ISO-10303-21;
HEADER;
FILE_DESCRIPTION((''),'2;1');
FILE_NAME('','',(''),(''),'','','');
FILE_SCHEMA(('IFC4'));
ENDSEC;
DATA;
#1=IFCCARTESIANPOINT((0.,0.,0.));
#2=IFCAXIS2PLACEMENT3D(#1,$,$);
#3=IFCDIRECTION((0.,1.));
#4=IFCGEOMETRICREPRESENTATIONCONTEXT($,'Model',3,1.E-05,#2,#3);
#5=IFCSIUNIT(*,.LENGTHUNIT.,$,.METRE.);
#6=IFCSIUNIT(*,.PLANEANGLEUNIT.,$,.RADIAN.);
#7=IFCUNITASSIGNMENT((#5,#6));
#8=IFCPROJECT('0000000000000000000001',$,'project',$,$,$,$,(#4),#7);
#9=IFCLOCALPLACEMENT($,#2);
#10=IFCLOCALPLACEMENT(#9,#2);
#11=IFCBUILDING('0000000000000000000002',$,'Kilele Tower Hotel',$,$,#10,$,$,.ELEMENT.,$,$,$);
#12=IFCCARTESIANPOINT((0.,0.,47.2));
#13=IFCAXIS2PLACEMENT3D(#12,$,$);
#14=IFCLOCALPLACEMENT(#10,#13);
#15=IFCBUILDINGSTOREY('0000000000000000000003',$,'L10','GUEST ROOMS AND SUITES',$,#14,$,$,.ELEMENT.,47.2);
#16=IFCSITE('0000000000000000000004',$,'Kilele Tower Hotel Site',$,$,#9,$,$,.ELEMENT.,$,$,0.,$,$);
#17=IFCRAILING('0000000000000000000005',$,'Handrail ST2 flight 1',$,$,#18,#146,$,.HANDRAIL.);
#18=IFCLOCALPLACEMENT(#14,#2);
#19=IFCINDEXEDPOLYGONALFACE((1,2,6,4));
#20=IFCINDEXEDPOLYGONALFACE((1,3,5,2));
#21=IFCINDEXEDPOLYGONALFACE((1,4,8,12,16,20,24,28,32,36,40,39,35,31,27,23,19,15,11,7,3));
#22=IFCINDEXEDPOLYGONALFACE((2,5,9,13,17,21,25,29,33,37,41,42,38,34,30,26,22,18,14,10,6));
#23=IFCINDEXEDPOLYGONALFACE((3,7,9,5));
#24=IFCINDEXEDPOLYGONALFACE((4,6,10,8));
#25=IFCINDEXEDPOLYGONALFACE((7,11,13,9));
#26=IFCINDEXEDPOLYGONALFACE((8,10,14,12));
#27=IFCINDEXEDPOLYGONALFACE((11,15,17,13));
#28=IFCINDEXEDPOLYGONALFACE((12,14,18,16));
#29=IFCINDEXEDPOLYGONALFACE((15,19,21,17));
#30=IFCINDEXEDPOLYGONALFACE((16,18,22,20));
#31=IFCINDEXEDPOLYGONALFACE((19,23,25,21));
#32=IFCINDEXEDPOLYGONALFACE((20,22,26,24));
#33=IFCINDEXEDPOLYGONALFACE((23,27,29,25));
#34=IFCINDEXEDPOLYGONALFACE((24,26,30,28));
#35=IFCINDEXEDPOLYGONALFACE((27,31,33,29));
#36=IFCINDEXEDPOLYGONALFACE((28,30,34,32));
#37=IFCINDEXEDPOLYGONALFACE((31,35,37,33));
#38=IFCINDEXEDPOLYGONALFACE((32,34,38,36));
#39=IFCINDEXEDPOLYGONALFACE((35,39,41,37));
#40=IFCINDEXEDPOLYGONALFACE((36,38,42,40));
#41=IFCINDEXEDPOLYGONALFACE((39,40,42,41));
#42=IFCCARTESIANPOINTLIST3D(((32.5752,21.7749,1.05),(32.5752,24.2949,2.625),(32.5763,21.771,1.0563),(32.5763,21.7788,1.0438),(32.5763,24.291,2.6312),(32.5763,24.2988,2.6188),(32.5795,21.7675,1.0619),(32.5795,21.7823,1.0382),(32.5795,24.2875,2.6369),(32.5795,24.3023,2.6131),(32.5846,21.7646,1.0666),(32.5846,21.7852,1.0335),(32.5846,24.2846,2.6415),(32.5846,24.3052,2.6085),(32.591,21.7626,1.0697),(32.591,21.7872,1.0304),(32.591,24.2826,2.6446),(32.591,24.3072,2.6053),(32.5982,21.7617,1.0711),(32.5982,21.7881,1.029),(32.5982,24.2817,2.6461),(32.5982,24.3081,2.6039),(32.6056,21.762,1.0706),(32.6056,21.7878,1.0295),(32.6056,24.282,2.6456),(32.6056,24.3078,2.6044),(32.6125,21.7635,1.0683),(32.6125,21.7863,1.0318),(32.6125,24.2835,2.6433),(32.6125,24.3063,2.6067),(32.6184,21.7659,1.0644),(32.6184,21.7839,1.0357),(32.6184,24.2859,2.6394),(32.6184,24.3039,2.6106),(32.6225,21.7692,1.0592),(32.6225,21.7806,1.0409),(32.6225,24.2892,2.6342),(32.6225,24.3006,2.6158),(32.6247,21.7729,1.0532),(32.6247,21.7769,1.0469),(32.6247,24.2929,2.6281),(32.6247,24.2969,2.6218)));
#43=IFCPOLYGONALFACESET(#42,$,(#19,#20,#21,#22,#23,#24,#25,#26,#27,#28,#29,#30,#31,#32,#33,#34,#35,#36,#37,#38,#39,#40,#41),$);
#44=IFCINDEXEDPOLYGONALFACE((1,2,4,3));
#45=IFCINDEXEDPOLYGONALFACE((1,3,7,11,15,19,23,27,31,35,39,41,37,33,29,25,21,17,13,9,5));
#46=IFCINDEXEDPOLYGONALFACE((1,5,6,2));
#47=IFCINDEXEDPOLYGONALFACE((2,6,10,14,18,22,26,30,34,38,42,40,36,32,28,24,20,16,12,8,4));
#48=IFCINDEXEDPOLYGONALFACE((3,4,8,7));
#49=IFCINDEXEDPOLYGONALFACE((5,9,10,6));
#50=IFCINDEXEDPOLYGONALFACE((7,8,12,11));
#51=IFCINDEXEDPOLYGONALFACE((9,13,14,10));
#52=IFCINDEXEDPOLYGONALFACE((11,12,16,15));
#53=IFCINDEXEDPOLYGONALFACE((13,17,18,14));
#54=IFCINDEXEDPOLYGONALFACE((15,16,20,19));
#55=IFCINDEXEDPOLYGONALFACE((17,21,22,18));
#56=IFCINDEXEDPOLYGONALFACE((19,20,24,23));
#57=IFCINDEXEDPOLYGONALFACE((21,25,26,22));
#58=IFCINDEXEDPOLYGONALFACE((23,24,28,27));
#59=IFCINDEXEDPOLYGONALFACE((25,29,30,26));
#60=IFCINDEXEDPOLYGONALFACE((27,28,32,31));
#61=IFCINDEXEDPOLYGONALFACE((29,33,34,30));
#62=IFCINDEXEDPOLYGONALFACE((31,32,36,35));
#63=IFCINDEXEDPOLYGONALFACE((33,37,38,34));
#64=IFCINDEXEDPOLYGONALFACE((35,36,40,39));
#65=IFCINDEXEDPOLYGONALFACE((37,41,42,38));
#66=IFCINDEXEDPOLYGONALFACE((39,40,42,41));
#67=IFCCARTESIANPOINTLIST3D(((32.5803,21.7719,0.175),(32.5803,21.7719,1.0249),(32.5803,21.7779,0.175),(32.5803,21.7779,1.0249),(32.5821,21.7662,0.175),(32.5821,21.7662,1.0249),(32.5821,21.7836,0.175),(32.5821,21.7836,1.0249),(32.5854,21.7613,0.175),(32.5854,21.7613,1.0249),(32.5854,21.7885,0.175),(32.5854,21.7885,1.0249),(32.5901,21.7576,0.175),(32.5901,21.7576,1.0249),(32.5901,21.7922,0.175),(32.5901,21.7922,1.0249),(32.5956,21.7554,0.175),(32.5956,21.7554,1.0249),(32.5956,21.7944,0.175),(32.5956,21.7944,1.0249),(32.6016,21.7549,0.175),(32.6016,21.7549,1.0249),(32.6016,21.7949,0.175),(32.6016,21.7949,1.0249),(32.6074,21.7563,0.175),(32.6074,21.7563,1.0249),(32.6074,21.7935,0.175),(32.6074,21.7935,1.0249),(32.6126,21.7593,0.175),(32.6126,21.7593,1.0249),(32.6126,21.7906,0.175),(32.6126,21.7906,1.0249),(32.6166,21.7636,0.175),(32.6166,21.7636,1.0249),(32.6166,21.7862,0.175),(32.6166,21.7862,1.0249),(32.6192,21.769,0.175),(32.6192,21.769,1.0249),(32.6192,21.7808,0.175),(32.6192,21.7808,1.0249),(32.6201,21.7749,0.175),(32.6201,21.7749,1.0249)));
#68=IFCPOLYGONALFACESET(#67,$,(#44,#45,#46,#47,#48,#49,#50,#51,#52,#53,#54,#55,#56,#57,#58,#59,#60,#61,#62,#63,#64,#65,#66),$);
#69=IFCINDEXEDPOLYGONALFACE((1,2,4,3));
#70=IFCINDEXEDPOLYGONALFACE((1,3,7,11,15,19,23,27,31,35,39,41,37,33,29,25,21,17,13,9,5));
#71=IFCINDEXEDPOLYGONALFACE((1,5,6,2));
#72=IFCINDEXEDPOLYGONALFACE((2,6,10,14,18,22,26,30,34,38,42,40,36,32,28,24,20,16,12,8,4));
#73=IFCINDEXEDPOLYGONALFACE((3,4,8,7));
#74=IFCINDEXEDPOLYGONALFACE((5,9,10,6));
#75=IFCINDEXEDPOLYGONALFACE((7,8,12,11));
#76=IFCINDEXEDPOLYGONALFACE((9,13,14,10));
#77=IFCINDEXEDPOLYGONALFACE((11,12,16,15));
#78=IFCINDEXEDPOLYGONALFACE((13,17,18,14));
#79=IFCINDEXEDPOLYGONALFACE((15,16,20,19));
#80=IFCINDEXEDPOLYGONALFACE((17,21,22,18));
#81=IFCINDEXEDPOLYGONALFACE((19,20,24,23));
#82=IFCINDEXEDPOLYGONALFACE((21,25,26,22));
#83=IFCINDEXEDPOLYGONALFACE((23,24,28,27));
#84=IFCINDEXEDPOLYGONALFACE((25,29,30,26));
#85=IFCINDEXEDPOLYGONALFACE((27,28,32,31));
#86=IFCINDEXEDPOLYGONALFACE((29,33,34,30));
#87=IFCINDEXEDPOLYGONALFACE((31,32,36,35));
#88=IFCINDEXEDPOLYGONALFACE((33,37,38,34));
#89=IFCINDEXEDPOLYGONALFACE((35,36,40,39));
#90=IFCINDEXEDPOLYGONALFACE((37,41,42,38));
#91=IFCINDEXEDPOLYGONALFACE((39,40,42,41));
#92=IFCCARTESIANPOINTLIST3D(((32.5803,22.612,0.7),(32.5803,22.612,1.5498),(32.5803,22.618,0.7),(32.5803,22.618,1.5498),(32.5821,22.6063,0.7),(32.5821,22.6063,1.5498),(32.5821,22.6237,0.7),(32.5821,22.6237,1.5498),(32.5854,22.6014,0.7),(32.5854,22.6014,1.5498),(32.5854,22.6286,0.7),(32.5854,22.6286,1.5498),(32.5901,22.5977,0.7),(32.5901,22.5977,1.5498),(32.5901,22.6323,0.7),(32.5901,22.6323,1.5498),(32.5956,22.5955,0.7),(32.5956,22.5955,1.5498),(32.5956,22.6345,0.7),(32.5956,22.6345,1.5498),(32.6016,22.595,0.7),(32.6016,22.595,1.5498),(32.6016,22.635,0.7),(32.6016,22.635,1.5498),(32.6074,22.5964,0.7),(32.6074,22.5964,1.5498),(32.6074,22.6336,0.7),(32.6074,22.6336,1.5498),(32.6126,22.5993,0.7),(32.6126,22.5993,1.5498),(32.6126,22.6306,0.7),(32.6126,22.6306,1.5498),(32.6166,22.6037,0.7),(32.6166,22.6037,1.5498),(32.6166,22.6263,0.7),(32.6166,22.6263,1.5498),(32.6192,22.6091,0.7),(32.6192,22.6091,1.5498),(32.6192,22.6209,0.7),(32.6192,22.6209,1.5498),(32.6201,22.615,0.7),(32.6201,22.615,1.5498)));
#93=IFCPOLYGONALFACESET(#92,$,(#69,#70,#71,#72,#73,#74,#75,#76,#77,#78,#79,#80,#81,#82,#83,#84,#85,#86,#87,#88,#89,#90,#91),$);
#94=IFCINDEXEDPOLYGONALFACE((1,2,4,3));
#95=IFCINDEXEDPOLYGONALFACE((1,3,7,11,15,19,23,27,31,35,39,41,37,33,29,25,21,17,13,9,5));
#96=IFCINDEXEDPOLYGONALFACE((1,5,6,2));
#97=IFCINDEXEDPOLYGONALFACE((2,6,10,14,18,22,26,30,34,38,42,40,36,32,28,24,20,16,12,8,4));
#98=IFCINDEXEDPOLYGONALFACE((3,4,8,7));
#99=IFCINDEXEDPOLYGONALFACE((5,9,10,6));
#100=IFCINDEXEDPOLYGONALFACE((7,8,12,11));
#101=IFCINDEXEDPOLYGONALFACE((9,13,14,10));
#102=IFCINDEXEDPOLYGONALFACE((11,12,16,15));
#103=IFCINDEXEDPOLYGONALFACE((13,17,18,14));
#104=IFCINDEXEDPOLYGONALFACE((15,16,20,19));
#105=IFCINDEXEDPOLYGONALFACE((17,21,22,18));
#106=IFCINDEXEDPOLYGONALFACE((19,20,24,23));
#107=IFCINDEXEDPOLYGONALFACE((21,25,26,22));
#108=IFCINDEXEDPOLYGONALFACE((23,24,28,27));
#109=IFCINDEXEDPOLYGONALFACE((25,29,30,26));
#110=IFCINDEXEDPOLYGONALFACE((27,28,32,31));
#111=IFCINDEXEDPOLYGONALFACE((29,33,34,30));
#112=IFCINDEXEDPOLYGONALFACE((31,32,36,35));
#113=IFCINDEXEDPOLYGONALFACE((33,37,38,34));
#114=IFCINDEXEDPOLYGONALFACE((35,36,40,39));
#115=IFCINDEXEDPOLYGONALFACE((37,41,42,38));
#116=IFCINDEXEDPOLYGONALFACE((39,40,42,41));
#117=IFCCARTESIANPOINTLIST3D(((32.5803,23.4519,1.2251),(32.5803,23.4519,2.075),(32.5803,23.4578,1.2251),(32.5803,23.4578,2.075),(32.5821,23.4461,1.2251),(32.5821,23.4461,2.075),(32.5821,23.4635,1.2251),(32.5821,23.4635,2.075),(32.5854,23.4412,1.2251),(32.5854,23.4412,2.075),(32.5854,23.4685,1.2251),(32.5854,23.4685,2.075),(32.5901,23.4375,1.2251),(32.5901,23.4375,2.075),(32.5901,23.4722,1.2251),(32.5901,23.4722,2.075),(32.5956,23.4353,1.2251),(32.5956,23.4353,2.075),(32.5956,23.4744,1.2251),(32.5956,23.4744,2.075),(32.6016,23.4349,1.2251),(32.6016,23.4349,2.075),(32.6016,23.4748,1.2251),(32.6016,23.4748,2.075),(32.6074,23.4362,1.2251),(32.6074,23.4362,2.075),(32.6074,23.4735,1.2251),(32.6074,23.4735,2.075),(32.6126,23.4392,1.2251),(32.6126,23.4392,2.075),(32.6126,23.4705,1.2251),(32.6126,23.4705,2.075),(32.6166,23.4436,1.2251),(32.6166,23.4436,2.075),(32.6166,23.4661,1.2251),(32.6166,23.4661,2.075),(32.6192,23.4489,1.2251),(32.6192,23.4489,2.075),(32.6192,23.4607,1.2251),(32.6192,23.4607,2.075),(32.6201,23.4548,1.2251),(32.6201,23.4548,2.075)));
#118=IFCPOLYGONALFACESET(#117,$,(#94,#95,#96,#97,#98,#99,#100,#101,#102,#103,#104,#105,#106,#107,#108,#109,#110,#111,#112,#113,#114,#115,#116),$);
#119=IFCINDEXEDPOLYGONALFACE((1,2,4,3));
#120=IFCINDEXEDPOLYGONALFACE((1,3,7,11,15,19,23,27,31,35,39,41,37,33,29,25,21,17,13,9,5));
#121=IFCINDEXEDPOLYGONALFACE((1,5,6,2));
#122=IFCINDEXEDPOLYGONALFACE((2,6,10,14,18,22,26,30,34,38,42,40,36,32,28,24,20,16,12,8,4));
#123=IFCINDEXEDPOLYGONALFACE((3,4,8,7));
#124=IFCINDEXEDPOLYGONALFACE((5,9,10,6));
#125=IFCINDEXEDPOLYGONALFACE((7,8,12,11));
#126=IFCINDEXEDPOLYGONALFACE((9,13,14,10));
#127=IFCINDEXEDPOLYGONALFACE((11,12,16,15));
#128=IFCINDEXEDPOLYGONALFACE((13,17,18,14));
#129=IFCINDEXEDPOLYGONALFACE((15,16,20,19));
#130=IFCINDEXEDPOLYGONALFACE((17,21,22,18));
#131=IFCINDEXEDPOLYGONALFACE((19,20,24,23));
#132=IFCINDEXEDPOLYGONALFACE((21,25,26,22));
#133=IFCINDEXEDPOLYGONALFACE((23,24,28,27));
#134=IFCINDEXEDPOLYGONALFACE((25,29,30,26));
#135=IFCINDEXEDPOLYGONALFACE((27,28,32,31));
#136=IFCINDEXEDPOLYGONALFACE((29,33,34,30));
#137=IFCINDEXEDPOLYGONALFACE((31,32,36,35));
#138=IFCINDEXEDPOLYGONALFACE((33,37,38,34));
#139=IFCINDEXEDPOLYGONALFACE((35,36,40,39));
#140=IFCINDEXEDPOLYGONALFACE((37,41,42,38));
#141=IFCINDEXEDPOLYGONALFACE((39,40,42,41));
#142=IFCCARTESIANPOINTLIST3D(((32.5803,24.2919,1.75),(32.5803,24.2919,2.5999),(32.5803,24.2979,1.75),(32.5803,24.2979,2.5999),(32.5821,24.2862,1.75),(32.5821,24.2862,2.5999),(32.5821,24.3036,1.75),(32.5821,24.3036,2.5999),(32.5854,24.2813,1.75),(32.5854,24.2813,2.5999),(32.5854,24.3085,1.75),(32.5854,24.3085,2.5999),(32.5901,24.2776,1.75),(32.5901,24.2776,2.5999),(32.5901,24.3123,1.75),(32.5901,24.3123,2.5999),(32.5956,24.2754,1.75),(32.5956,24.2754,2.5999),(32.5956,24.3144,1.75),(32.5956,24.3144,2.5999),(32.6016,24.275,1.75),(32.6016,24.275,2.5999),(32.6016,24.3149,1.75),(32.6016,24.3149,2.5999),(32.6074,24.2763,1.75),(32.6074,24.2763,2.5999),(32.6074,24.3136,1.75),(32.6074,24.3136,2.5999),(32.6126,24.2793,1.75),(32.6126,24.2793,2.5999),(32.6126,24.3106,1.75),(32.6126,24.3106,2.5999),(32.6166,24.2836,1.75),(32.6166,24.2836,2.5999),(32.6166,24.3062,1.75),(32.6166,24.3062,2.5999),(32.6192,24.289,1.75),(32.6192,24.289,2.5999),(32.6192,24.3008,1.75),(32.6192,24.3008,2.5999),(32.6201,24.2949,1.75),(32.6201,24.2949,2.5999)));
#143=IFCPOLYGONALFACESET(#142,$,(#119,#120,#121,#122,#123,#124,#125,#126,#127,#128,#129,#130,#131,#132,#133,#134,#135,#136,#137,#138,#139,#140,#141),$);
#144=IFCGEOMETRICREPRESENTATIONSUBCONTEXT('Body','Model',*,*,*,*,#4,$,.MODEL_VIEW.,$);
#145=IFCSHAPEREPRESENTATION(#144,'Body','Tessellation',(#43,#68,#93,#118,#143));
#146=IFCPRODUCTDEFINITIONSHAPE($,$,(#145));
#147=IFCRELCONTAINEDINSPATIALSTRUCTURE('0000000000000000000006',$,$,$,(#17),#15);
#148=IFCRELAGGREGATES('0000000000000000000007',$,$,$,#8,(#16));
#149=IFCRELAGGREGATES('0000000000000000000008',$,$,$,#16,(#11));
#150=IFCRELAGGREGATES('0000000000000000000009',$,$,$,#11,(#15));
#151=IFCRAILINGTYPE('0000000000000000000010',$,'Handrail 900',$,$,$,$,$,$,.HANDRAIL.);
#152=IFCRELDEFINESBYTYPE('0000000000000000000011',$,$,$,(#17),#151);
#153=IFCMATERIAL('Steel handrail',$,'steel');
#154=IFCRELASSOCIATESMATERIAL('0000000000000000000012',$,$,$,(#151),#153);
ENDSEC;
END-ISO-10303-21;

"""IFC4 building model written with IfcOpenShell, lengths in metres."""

from ifc_helpers import new_model, si_unit, direction, frame, origin, origin_2d, place, context, subcontext, project, spatial, circle, extrude, material, type_object, element, save


model = new_model("IFC4")

# Units and contexts
model_context = context("Model", 3, precision=1e-05, world=origin(), true_north=direction((0.0, 1.0)))
body_context = subcontext(model_context, "Body", "Model", "MODEL_VIEW")
ifc_project = project(units=[si_unit("LENGTHUNIT", "METRE"), si_unit("PLANEANGLEUNIT", "RADIAN")], contexts=[model_context])

# Site, building, storey
site_placement = place(None, origin())
site = spatial("IfcSite", under=ifc_project, at=site_placement, Name="Kilele Tower Hotel Site", CompositionType="ELEMENT", RefElevation=0.0)
building_placement = place(site_placement, origin())
building = spatial("IfcBuilding", under=site, at=building_placement, Name="Kilele Tower Hotel", CompositionType="ELEMENT")
storey_placement = place(building_placement, frame((0.0, 0.0, 47.2)))
storey = spatial("IfcBuildingStorey", under=building, at=storey_placement, Name="L10", Description="GUEST ROOMS AND SUITES", CompositionType="ELEMENT", Elevation=47.2)

# Railing
ifc_material_1 = material(Name="Steel handrail", Category="steel")
railing_type_1 = type_object("IfcRailingType", Name="Handrail 900", PredefinedType="HANDRAIL", material=ifc_material_1)
for number, where, name in (
    (1, (32.6001, 21.7749, 0.175), "Handrail ST2 flight 1"),
):
    element("IfcRailing", number, at=place(storey_placement, frame(where)), inside=storey, type_object=railing_type_1, Name=name, PredefinedType="HANDRAIL", context=body_context, shape_type="SweptSolid", body=[
        extrude(circle(Radius=0.0249, at=origin_2d()), frame((0.0, 0.0, 0.875), z_axis=(0.0, 0.848008, 0.529984), x_axis=(-1.0, 0.0, 0.0)), (0.0, 0.0, 1.0), 2.9717),
        extrude(circle(Radius=0.02, at=origin_2d()), origin(), (0.0, 0.0, 1.0), 0.8499),
        extrude(circle(Radius=0.02, at=origin_2d()), frame((0.0, 0.8401, 0.5249)), (0.0, 0.0, 1.0), 0.8499),
        extrude(circle(Radius=0.02, at=origin_2d()), frame((0.0, 1.6799, 1.05)), (0.0, 0.0, 1.0), 0.8499),
        extrude(circle(Radius=0.02, at=origin_2d()), frame((0.0, 2.52, 1.575)), (0.0, 0.0, 1.0), 0.8499),
    ])

save(model, "model.ifc")
